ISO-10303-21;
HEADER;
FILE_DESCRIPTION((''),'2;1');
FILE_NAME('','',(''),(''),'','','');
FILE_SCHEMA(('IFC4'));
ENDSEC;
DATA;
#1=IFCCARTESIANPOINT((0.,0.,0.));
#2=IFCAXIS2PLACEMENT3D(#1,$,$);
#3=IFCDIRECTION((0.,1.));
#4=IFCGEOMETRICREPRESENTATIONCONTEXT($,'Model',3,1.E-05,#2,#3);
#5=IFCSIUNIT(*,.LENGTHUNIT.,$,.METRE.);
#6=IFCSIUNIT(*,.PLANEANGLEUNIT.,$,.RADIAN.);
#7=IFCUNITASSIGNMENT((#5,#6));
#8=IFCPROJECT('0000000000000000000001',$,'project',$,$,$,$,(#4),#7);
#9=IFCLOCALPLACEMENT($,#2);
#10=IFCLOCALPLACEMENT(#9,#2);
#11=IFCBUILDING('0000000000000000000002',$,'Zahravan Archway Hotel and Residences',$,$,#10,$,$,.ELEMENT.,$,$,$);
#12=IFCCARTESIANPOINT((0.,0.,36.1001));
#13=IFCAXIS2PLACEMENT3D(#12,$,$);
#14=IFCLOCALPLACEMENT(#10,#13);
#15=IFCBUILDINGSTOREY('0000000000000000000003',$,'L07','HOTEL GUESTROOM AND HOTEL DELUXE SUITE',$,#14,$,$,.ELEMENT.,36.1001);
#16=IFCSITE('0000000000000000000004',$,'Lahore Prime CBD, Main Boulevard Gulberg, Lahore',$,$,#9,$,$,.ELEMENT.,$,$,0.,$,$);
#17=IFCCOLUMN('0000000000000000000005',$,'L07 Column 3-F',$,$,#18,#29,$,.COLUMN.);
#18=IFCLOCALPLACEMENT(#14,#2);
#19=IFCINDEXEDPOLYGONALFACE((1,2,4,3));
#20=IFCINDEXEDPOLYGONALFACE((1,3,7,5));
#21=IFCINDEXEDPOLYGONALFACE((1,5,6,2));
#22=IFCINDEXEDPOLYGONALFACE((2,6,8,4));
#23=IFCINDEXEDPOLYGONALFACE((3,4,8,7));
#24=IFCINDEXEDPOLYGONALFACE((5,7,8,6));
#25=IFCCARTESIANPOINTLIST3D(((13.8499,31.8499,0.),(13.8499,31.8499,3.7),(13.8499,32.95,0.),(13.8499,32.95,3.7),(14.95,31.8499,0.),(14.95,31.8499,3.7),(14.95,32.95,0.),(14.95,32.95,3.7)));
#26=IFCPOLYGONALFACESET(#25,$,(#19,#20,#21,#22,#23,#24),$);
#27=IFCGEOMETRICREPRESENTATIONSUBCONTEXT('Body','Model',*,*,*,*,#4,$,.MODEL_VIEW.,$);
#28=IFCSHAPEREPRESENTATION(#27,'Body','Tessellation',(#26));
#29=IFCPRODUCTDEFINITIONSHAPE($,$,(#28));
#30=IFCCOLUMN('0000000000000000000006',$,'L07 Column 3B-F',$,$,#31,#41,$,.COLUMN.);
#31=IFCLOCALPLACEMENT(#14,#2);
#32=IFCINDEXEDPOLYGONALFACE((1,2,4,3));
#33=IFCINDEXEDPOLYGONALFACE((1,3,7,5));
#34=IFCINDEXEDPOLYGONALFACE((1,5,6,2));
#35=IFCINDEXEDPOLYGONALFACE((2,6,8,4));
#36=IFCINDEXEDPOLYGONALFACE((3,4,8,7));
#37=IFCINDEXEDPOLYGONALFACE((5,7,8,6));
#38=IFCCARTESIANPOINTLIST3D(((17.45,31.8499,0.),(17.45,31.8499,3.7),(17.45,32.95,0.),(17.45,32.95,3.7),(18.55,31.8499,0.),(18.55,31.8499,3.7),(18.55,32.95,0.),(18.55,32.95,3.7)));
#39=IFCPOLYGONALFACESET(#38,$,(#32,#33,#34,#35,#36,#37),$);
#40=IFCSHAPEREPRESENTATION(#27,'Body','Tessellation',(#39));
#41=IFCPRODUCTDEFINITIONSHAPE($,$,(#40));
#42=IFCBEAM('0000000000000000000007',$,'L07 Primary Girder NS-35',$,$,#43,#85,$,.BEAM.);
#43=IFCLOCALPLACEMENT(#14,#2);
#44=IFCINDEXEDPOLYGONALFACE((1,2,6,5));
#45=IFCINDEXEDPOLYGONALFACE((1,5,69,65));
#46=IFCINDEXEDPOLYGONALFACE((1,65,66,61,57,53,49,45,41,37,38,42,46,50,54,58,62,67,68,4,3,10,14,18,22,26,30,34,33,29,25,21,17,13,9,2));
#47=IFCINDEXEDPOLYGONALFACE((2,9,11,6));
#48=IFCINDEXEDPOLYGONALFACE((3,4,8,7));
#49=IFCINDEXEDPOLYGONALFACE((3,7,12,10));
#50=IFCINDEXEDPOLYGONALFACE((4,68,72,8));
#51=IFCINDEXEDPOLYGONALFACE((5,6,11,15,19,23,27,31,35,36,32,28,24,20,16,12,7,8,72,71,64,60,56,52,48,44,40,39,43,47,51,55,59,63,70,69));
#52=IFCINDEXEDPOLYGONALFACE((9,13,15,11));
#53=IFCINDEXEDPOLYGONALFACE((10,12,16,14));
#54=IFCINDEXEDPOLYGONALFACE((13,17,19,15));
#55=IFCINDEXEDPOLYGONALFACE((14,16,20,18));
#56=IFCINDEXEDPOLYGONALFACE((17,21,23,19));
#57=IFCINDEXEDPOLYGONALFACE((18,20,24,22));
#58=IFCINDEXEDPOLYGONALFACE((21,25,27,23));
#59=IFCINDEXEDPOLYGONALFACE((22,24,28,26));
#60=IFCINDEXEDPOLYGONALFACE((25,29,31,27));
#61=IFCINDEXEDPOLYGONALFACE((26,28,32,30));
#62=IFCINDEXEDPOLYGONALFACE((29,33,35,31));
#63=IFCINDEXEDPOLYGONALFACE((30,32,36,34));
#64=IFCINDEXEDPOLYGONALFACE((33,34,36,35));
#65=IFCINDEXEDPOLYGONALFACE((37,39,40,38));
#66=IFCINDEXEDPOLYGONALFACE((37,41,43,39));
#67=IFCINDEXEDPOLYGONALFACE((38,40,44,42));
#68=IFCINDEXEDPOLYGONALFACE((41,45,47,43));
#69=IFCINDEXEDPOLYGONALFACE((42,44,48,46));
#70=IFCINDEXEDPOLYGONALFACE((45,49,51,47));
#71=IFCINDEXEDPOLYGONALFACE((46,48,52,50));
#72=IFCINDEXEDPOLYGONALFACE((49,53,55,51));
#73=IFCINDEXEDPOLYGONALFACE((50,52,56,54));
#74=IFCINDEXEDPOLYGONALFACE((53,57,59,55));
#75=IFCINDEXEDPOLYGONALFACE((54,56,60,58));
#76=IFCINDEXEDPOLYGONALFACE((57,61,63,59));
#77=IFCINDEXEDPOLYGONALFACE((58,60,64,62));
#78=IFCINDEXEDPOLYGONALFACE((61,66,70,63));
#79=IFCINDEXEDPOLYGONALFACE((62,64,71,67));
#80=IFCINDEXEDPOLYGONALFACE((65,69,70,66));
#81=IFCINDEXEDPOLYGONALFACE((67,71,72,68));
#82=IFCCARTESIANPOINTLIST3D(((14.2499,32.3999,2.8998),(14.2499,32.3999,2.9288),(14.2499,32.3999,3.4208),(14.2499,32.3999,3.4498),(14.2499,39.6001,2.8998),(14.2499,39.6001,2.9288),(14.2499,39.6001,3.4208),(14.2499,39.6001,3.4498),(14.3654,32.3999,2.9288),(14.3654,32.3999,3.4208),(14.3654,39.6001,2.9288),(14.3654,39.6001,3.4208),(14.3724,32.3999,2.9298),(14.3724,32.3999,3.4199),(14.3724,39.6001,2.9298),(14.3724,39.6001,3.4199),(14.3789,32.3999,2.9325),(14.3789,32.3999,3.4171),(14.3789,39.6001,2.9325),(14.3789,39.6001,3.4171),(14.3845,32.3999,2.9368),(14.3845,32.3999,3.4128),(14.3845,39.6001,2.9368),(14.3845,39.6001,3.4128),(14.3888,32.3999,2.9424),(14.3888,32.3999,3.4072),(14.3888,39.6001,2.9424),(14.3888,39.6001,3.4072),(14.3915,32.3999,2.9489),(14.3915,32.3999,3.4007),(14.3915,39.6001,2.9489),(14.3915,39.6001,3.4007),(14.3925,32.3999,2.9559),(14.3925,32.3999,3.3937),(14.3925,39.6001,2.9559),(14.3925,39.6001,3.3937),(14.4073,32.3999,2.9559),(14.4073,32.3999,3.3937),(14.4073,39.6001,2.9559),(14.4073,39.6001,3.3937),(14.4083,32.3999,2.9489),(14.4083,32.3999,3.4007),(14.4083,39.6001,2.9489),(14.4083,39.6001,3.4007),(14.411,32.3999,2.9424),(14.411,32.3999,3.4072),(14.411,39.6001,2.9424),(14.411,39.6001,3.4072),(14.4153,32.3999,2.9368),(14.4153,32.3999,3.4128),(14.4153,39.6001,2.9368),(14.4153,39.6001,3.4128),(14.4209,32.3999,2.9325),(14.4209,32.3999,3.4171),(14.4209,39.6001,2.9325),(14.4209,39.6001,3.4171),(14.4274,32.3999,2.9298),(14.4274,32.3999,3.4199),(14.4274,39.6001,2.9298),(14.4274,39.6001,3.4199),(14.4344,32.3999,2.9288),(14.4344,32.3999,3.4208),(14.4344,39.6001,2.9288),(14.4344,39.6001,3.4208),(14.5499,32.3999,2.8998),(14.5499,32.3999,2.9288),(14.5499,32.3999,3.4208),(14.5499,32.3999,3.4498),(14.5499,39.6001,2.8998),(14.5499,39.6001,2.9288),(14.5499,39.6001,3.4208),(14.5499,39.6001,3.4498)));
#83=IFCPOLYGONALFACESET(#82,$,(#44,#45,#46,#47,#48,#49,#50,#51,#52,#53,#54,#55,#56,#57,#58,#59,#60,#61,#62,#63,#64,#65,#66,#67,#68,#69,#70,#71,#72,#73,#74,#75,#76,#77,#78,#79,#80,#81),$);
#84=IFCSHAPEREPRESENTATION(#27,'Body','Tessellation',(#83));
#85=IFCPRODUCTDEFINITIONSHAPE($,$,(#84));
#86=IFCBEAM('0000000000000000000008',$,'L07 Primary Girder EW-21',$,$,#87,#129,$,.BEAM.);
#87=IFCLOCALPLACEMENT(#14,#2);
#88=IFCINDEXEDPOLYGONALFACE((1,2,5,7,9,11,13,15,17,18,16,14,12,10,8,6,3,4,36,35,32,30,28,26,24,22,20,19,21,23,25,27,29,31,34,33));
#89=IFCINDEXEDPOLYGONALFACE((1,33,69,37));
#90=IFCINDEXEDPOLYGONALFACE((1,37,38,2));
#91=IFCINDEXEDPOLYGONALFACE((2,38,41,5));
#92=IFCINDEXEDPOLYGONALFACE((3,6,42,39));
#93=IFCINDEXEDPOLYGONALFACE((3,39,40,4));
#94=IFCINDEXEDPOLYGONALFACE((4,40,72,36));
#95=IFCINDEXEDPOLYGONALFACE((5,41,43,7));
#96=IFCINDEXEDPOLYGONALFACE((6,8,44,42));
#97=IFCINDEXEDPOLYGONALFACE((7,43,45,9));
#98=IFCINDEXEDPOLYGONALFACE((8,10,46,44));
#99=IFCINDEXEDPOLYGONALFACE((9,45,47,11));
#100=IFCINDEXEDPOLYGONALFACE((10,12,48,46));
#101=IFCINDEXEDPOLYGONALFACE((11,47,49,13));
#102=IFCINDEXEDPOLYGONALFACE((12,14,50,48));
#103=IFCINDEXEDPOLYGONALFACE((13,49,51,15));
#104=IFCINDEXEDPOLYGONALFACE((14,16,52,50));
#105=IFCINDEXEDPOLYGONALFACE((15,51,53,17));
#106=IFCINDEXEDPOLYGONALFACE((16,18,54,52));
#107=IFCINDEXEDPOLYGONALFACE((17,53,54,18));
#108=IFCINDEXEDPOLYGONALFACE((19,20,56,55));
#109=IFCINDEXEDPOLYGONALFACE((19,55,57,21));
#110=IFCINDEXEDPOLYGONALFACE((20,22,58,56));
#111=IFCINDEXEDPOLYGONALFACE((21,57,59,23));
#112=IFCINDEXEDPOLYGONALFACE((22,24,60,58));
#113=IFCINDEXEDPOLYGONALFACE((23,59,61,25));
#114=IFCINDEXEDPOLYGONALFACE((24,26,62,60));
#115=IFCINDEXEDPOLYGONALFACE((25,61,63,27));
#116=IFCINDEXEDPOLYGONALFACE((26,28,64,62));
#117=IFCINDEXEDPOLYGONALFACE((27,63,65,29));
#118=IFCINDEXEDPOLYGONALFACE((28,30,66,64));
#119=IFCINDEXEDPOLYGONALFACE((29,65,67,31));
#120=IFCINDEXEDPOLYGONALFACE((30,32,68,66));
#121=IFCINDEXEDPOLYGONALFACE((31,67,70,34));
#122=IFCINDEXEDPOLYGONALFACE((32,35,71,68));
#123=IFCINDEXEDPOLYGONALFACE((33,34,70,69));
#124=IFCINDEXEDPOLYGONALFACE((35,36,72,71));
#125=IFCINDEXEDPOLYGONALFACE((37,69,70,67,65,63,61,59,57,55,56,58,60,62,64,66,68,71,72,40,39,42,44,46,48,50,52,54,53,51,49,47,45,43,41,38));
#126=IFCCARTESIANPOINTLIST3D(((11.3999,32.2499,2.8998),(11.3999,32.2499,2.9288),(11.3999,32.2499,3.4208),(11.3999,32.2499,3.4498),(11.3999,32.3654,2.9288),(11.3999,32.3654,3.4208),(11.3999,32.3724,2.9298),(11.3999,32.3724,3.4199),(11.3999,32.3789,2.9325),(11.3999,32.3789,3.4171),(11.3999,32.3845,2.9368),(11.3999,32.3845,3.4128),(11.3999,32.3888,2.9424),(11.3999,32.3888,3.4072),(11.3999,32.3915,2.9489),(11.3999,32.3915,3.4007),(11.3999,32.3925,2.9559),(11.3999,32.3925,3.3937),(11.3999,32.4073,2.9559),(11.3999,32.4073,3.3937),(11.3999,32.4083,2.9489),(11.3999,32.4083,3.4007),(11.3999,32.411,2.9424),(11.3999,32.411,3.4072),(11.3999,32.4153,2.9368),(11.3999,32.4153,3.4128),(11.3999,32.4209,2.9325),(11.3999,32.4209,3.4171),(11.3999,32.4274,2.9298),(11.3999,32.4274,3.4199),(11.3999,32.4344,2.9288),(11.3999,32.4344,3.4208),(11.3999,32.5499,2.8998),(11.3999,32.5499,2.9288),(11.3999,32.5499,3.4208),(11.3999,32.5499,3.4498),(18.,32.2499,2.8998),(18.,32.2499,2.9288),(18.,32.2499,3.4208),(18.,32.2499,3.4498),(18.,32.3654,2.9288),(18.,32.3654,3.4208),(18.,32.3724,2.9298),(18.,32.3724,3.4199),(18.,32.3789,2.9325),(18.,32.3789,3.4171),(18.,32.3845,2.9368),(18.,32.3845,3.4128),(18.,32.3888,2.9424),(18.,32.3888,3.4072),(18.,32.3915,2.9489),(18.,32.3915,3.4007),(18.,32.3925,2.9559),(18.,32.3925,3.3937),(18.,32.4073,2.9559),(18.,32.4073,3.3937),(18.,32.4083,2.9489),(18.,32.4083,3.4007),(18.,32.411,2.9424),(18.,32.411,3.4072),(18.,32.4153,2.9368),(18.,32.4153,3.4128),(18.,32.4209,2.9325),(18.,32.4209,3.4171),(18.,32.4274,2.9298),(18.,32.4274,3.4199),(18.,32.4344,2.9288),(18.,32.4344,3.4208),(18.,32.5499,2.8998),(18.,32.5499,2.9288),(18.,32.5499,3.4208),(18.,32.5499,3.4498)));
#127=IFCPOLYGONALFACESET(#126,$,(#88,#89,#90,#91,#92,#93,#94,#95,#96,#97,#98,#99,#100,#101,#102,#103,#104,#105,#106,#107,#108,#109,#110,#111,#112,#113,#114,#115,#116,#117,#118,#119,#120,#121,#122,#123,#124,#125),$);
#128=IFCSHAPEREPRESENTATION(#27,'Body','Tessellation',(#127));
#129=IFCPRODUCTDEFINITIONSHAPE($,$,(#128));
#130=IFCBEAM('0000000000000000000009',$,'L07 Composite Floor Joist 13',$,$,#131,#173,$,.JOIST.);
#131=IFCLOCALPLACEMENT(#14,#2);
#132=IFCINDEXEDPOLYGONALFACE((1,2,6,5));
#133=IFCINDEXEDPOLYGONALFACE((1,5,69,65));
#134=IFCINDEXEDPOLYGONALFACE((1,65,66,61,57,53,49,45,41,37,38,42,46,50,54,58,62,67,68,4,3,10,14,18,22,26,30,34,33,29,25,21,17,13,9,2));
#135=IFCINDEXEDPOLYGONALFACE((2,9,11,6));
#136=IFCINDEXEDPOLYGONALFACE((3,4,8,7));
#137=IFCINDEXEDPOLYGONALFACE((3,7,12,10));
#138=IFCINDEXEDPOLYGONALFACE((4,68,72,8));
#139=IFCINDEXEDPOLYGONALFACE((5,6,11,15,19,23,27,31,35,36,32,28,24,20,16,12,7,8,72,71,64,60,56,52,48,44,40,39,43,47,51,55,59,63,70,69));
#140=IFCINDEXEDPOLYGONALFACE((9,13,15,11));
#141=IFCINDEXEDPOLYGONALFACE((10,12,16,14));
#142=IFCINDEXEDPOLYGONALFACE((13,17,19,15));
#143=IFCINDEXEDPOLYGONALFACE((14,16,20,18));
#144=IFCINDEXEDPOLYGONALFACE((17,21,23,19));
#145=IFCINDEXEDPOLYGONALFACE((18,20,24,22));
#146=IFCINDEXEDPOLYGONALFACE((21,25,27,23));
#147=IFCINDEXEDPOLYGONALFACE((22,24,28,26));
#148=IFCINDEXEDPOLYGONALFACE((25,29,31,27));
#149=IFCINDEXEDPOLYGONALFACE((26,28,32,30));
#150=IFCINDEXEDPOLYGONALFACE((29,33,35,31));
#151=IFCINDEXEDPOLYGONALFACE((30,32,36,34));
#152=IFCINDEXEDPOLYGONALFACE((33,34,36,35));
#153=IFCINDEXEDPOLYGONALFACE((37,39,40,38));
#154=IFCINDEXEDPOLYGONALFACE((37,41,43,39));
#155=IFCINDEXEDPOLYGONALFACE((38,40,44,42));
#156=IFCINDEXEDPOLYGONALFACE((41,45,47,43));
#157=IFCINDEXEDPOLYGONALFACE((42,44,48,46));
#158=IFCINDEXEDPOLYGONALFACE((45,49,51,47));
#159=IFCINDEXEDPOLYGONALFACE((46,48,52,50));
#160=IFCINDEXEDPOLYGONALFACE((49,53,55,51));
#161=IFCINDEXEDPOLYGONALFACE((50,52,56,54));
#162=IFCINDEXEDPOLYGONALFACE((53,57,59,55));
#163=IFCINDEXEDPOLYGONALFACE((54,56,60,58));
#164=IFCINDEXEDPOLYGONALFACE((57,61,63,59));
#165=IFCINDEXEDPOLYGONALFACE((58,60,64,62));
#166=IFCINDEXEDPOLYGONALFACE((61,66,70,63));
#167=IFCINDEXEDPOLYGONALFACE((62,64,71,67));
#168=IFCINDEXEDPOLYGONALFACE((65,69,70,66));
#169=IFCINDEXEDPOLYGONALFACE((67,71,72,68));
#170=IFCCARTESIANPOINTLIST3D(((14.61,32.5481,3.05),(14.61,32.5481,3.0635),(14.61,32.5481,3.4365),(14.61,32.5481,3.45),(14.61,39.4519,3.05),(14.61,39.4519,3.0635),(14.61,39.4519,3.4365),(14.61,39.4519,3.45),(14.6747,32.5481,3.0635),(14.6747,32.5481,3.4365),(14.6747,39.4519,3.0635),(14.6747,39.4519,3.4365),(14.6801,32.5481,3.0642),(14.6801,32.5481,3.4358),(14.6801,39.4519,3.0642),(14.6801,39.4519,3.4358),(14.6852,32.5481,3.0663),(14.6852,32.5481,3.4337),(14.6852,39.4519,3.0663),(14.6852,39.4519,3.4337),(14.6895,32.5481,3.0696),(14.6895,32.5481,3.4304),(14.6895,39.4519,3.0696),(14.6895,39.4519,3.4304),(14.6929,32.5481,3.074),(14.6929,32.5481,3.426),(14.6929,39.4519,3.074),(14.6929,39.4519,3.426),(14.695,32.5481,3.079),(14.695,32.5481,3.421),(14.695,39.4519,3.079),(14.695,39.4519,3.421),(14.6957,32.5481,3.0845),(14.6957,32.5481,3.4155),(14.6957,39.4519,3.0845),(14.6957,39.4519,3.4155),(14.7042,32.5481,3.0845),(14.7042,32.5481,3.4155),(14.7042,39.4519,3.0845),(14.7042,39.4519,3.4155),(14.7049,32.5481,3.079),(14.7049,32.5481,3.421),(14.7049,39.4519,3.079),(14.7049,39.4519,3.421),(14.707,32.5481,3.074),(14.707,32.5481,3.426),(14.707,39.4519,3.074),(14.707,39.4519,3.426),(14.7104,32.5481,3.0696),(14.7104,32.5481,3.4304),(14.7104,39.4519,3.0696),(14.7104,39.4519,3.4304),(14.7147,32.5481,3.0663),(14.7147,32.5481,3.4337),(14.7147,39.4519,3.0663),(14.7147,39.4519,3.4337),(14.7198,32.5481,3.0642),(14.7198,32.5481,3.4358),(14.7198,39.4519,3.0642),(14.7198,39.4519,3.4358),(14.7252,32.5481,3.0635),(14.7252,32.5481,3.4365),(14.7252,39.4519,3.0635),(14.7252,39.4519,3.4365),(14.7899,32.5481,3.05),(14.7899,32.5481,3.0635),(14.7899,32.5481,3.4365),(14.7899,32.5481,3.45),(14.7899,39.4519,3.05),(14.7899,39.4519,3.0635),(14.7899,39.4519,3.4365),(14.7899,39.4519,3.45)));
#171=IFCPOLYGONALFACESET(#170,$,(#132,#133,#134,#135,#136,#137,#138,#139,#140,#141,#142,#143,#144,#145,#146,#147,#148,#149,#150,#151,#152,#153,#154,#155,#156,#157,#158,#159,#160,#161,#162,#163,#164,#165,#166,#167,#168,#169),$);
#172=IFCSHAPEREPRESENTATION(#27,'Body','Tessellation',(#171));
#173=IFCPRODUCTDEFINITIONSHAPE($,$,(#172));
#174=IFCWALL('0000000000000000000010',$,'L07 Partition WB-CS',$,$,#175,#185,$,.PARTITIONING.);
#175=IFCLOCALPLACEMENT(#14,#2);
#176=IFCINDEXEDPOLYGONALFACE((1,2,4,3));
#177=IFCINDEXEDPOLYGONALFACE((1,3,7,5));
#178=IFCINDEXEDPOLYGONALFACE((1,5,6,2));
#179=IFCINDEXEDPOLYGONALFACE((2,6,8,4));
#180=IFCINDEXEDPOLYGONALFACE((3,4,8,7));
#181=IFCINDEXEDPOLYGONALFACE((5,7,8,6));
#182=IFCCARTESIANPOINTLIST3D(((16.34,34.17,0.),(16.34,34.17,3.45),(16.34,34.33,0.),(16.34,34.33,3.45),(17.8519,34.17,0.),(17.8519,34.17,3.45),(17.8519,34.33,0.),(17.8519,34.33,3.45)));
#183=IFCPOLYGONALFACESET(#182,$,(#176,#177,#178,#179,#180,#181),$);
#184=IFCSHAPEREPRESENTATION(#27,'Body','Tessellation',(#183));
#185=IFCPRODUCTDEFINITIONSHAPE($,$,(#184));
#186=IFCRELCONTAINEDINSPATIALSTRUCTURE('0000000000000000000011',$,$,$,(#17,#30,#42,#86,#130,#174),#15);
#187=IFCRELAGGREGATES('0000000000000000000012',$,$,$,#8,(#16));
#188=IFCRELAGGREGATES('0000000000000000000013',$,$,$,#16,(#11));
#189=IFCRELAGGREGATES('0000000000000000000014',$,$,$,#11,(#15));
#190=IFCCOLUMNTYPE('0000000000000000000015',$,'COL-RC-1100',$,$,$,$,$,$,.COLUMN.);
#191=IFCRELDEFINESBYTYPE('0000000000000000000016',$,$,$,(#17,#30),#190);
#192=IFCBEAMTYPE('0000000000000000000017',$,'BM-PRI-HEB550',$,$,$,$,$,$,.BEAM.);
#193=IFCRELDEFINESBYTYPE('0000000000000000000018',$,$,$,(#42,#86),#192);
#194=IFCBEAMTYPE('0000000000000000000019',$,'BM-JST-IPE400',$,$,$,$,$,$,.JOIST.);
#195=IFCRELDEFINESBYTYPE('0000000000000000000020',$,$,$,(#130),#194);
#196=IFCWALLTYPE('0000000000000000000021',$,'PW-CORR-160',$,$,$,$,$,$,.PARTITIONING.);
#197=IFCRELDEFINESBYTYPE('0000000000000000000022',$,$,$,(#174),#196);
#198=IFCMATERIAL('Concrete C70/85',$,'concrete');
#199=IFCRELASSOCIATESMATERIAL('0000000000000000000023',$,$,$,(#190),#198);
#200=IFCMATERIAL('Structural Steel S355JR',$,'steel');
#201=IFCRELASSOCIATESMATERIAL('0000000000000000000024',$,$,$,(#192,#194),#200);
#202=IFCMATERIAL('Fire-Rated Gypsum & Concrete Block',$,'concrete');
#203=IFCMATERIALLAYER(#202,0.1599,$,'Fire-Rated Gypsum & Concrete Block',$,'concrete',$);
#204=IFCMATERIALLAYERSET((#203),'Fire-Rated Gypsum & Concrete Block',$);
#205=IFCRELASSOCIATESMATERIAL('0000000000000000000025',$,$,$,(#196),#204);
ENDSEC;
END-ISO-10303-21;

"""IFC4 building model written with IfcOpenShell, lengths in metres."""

from ifc_helpers import new_model, si_unit, direction, frame, frame_2d, origin, origin_2d, place, context, subcontext, project, spatial, rectangle, i_section, extrude, source, transform, mapped, material, layer, layer_set, material_profile, profile_set, type_object, type_shapes, element, save


model = new_model("IFC4")

# Units and contexts
model_context = context("Model", 3, precision=1e-05, world=origin(), true_north=direction((0.0, 1.0)))
body_context = subcontext(model_context, "Body", "Model", "MODEL_VIEW")
ifc_project = project(units=[si_unit("LENGTHUNIT", "METRE"), si_unit("PLANEANGLEUNIT", "RADIAN")], contexts=[model_context])

# Site, building, storey
site_placement = place(None, origin())
site = spatial("IfcSite", under=ifc_project, at=site_placement, Name="Lahore Prime CBD, Main Boulevard Gulberg, Lahore", CompositionType="ELEMENT", RefElevation=0.0)
building_placement = place(site_placement, origin())
building = spatial("IfcBuilding", under=site, at=building_placement, Name="Zahravan Archway Hotel and Residences", CompositionType="ELEMENT")
storey_placement = place(building_placement, frame((0.0, 0.0, 36.1001)))
storey = spatial("IfcBuildingStorey", under=building, at=storey_placement, Name="L07", Description="HOTEL GUESTROOM AND HOTEL DELUXE SUITE", CompositionType="ELEMENT", Elevation=36.1001)

# Columns
ifc_material_1 = material(Name="Concrete C70/85", Category="concrete")
ifc_material_profile_1 = material_profile(ifc_material_1, rectangle(XDim=1.1001, YDim=1.1001, at=origin_2d()), Name="RC 1100x1100", Category="concrete")
ifc_profile_set_1 = profile_set([ifc_material_profile_1], Name="Concrete C70/85")
column_type = type_object("IfcColumnType", Name="COL-RC-1100", PredefinedType="COLUMN", material=ifc_profile_set_1)
shared_shape_1 = source(origin(), body_context, "Body", "SweptSolid", [
    extrude(rectangle(XDim=1.1001, YDim=1.1001, at=origin_2d()), origin(), (0.0, 0.0, 1.0), 3.7),
])
for number, where, z_axis, x_axis, name in (
    (1, (14.3999, 32.3999, 0.0), (0.0, 0.0, 1.0), (1.0, 0.0, 0.0), "L07 Column 3-F"),
    (2, (18.0, 32.3999, 0.0), (0.0, 0.0, 1.0), (1.0, 0.0, 0.0), "L07 Column 3B-F"),
):
    element("IfcColumn", number, at=place(storey_placement, frame(where, z_axis=z_axis, x_axis=x_axis)), inside=storey, type_object=column_type, Name=name, PredefinedType="COLUMN", context=body_context, shape_type="MappedRepresentation", body=[
        mapped(shared_shape_1, transform((0.0, 0.0, 0.0), scale=1.0)),
    ])

# Beams
ifc_material_2 = material(Name="Structural Steel S355JR", Category="steel")
ifc_material_profile_2 = material_profile(ifc_material_2, i_section(OverallWidth=0.3, OverallDepth=0.55, WebThickness=0.0149, FlangeThickness=0.0291, FilletRadius=0.0271, at=origin_2d()), Name="HEB 550", Category="steel")
ifc_profile_set_2 = profile_set([ifc_material_profile_2], Name="Structural Steel S355JR")
beam_type_1 = type_object("IfcBeamType", Name="BM-PRI-HEB550", PredefinedType="BEAM", material=ifc_profile_set_2)
shared_shape_2 = source(origin(), body_context, "Body", "SweptSolid", [
    extrude(i_section(OverallWidth=0.3, OverallDepth=0.55, WebThickness=0.0149, FlangeThickness=0.0291, FilletRadius=0.0271, at=origin_2d()), origin(), (0.0, 0.0, 1.0), 7.2002),
])
type_shapes(beam_type_1, [shared_shape_2])
beam_1_placement = place(storey_placement, frame((14.3999, 32.3999, 3.1748), z_axis=(0.0, 1.0, 0.0), x_axis=(-1.0, 0.0, 0.0)))
element("IfcBeam", 3, at=beam_1_placement, inside=storey, type_object=beam_type_1, Name="L07 Primary Girder NS-35", PredefinedType="BEAM", context=body_context, shape_type="MappedRepresentation", body=[
    mapped(shared_shape_2, transform((0.0, 0.0, 0.0), scale=1.0)),
])
shared_shape_3 = source(origin(), body_context, "Body", "SweptSolid", [
    extrude(i_section(OverallWidth=0.3, OverallDepth=0.55, WebThickness=0.0149, FlangeThickness=0.0291, FilletRadius=0.0271, at=origin_2d()), origin(), (0.0, 0.0, 1.0), 6.6001),
])
beam_2_placement = place(storey_placement, frame((11.3999, 32.3999, 3.1748), z_axis=(1.0, 0.0, 0.0), x_axis=(0.0, 1.0, 0.0)))
element("IfcBeam", 4, at=beam_2_placement, inside=storey, type_object=beam_type_1, Name="L07 Primary Girder EW-21", PredefinedType="BEAM", context=body_context, shape_type="MappedRepresentation", body=[
    mapped(shared_shape_3, transform((0.0, 0.0, 0.0), scale=1.0)),
])
ifc_material_profile_3 = material_profile(ifc_material_2, i_section(OverallWidth=0.1799, OverallDepth=0.3999, WebThickness=0.0085, FlangeThickness=0.0134, FilletRadius=0.021, at=origin_2d()), Name="IPE 400", Category="steel")
ifc_profile_set_3 = profile_set([ifc_material_profile_3], Name="Structural Steel S355JR")
beam_type_2 = type_object("IfcBeamType", Name="BM-JST-IPE400", PredefinedType="JOIST", material=ifc_profile_set_3)
shared_shape_4 = source(origin(), body_context, "Body", "SweptSolid", [
    extrude(i_section(OverallWidth=0.1799, OverallDepth=0.3999, WebThickness=0.0085, FlangeThickness=0.0134, FilletRadius=0.021, at=origin_2d()), origin(), (0.0, 0.0, 1.0), 6.9038),
])
beam_3_placement = place(storey_placement, frame((14.7, 32.5481, 3.25), z_axis=(0.0, 1.0, 0.0), x_axis=(-1.0, 0.0, 0.0)))
element("IfcBeam", 5, at=beam_3_placement, inside=storey, type_object=beam_type_2, Name="L07 Composite Floor Joist 13", PredefinedType="JOIST", context=body_context, shape_type="MappedRepresentation", body=[
    mapped(shared_shape_4, transform((0.0, 0.0, 0.0), scale=1.0)),
])

# Wall
ifc_material_3 = material(Name="Fire-Rated Gypsum & Concrete Block", Category="concrete")
ifc_layer_1 = layer(ifc_material_3, 0.1599, Name="Fire-Rated Gypsum & Concrete Block", Category="concrete")
ifc_layer_set_1 = layer_set([ifc_layer_1], Name="Fire-Rated Gypsum & Concrete Block")
wall_type_1 = type_object("IfcWallType", Name="PW-CORR-160", PredefinedType="PARTITIONING", material=ifc_layer_set_1)
wall_1_placement = place(storey_placement, frame((16.3401, 34.25, 0.0), z_axis=(0.0, 0.0, 1.0), x_axis=(1.0, 0.0, 0.0)))
element("IfcWall", 6, at=wall_1_placement, inside=storey, type_object=wall_type_1, Name="L07 Partition WB-CS", PredefinedType="PARTITIONING", context=body_context, shape_type="SweptSolid", body=[
    extrude(rectangle(XDim=1.512, YDim=0.1599, at=frame_2d((0.7559, 0.0))), origin(), (0.0, 0.0, 1.0), 3.45),
])

save(model, "model.ifc")
